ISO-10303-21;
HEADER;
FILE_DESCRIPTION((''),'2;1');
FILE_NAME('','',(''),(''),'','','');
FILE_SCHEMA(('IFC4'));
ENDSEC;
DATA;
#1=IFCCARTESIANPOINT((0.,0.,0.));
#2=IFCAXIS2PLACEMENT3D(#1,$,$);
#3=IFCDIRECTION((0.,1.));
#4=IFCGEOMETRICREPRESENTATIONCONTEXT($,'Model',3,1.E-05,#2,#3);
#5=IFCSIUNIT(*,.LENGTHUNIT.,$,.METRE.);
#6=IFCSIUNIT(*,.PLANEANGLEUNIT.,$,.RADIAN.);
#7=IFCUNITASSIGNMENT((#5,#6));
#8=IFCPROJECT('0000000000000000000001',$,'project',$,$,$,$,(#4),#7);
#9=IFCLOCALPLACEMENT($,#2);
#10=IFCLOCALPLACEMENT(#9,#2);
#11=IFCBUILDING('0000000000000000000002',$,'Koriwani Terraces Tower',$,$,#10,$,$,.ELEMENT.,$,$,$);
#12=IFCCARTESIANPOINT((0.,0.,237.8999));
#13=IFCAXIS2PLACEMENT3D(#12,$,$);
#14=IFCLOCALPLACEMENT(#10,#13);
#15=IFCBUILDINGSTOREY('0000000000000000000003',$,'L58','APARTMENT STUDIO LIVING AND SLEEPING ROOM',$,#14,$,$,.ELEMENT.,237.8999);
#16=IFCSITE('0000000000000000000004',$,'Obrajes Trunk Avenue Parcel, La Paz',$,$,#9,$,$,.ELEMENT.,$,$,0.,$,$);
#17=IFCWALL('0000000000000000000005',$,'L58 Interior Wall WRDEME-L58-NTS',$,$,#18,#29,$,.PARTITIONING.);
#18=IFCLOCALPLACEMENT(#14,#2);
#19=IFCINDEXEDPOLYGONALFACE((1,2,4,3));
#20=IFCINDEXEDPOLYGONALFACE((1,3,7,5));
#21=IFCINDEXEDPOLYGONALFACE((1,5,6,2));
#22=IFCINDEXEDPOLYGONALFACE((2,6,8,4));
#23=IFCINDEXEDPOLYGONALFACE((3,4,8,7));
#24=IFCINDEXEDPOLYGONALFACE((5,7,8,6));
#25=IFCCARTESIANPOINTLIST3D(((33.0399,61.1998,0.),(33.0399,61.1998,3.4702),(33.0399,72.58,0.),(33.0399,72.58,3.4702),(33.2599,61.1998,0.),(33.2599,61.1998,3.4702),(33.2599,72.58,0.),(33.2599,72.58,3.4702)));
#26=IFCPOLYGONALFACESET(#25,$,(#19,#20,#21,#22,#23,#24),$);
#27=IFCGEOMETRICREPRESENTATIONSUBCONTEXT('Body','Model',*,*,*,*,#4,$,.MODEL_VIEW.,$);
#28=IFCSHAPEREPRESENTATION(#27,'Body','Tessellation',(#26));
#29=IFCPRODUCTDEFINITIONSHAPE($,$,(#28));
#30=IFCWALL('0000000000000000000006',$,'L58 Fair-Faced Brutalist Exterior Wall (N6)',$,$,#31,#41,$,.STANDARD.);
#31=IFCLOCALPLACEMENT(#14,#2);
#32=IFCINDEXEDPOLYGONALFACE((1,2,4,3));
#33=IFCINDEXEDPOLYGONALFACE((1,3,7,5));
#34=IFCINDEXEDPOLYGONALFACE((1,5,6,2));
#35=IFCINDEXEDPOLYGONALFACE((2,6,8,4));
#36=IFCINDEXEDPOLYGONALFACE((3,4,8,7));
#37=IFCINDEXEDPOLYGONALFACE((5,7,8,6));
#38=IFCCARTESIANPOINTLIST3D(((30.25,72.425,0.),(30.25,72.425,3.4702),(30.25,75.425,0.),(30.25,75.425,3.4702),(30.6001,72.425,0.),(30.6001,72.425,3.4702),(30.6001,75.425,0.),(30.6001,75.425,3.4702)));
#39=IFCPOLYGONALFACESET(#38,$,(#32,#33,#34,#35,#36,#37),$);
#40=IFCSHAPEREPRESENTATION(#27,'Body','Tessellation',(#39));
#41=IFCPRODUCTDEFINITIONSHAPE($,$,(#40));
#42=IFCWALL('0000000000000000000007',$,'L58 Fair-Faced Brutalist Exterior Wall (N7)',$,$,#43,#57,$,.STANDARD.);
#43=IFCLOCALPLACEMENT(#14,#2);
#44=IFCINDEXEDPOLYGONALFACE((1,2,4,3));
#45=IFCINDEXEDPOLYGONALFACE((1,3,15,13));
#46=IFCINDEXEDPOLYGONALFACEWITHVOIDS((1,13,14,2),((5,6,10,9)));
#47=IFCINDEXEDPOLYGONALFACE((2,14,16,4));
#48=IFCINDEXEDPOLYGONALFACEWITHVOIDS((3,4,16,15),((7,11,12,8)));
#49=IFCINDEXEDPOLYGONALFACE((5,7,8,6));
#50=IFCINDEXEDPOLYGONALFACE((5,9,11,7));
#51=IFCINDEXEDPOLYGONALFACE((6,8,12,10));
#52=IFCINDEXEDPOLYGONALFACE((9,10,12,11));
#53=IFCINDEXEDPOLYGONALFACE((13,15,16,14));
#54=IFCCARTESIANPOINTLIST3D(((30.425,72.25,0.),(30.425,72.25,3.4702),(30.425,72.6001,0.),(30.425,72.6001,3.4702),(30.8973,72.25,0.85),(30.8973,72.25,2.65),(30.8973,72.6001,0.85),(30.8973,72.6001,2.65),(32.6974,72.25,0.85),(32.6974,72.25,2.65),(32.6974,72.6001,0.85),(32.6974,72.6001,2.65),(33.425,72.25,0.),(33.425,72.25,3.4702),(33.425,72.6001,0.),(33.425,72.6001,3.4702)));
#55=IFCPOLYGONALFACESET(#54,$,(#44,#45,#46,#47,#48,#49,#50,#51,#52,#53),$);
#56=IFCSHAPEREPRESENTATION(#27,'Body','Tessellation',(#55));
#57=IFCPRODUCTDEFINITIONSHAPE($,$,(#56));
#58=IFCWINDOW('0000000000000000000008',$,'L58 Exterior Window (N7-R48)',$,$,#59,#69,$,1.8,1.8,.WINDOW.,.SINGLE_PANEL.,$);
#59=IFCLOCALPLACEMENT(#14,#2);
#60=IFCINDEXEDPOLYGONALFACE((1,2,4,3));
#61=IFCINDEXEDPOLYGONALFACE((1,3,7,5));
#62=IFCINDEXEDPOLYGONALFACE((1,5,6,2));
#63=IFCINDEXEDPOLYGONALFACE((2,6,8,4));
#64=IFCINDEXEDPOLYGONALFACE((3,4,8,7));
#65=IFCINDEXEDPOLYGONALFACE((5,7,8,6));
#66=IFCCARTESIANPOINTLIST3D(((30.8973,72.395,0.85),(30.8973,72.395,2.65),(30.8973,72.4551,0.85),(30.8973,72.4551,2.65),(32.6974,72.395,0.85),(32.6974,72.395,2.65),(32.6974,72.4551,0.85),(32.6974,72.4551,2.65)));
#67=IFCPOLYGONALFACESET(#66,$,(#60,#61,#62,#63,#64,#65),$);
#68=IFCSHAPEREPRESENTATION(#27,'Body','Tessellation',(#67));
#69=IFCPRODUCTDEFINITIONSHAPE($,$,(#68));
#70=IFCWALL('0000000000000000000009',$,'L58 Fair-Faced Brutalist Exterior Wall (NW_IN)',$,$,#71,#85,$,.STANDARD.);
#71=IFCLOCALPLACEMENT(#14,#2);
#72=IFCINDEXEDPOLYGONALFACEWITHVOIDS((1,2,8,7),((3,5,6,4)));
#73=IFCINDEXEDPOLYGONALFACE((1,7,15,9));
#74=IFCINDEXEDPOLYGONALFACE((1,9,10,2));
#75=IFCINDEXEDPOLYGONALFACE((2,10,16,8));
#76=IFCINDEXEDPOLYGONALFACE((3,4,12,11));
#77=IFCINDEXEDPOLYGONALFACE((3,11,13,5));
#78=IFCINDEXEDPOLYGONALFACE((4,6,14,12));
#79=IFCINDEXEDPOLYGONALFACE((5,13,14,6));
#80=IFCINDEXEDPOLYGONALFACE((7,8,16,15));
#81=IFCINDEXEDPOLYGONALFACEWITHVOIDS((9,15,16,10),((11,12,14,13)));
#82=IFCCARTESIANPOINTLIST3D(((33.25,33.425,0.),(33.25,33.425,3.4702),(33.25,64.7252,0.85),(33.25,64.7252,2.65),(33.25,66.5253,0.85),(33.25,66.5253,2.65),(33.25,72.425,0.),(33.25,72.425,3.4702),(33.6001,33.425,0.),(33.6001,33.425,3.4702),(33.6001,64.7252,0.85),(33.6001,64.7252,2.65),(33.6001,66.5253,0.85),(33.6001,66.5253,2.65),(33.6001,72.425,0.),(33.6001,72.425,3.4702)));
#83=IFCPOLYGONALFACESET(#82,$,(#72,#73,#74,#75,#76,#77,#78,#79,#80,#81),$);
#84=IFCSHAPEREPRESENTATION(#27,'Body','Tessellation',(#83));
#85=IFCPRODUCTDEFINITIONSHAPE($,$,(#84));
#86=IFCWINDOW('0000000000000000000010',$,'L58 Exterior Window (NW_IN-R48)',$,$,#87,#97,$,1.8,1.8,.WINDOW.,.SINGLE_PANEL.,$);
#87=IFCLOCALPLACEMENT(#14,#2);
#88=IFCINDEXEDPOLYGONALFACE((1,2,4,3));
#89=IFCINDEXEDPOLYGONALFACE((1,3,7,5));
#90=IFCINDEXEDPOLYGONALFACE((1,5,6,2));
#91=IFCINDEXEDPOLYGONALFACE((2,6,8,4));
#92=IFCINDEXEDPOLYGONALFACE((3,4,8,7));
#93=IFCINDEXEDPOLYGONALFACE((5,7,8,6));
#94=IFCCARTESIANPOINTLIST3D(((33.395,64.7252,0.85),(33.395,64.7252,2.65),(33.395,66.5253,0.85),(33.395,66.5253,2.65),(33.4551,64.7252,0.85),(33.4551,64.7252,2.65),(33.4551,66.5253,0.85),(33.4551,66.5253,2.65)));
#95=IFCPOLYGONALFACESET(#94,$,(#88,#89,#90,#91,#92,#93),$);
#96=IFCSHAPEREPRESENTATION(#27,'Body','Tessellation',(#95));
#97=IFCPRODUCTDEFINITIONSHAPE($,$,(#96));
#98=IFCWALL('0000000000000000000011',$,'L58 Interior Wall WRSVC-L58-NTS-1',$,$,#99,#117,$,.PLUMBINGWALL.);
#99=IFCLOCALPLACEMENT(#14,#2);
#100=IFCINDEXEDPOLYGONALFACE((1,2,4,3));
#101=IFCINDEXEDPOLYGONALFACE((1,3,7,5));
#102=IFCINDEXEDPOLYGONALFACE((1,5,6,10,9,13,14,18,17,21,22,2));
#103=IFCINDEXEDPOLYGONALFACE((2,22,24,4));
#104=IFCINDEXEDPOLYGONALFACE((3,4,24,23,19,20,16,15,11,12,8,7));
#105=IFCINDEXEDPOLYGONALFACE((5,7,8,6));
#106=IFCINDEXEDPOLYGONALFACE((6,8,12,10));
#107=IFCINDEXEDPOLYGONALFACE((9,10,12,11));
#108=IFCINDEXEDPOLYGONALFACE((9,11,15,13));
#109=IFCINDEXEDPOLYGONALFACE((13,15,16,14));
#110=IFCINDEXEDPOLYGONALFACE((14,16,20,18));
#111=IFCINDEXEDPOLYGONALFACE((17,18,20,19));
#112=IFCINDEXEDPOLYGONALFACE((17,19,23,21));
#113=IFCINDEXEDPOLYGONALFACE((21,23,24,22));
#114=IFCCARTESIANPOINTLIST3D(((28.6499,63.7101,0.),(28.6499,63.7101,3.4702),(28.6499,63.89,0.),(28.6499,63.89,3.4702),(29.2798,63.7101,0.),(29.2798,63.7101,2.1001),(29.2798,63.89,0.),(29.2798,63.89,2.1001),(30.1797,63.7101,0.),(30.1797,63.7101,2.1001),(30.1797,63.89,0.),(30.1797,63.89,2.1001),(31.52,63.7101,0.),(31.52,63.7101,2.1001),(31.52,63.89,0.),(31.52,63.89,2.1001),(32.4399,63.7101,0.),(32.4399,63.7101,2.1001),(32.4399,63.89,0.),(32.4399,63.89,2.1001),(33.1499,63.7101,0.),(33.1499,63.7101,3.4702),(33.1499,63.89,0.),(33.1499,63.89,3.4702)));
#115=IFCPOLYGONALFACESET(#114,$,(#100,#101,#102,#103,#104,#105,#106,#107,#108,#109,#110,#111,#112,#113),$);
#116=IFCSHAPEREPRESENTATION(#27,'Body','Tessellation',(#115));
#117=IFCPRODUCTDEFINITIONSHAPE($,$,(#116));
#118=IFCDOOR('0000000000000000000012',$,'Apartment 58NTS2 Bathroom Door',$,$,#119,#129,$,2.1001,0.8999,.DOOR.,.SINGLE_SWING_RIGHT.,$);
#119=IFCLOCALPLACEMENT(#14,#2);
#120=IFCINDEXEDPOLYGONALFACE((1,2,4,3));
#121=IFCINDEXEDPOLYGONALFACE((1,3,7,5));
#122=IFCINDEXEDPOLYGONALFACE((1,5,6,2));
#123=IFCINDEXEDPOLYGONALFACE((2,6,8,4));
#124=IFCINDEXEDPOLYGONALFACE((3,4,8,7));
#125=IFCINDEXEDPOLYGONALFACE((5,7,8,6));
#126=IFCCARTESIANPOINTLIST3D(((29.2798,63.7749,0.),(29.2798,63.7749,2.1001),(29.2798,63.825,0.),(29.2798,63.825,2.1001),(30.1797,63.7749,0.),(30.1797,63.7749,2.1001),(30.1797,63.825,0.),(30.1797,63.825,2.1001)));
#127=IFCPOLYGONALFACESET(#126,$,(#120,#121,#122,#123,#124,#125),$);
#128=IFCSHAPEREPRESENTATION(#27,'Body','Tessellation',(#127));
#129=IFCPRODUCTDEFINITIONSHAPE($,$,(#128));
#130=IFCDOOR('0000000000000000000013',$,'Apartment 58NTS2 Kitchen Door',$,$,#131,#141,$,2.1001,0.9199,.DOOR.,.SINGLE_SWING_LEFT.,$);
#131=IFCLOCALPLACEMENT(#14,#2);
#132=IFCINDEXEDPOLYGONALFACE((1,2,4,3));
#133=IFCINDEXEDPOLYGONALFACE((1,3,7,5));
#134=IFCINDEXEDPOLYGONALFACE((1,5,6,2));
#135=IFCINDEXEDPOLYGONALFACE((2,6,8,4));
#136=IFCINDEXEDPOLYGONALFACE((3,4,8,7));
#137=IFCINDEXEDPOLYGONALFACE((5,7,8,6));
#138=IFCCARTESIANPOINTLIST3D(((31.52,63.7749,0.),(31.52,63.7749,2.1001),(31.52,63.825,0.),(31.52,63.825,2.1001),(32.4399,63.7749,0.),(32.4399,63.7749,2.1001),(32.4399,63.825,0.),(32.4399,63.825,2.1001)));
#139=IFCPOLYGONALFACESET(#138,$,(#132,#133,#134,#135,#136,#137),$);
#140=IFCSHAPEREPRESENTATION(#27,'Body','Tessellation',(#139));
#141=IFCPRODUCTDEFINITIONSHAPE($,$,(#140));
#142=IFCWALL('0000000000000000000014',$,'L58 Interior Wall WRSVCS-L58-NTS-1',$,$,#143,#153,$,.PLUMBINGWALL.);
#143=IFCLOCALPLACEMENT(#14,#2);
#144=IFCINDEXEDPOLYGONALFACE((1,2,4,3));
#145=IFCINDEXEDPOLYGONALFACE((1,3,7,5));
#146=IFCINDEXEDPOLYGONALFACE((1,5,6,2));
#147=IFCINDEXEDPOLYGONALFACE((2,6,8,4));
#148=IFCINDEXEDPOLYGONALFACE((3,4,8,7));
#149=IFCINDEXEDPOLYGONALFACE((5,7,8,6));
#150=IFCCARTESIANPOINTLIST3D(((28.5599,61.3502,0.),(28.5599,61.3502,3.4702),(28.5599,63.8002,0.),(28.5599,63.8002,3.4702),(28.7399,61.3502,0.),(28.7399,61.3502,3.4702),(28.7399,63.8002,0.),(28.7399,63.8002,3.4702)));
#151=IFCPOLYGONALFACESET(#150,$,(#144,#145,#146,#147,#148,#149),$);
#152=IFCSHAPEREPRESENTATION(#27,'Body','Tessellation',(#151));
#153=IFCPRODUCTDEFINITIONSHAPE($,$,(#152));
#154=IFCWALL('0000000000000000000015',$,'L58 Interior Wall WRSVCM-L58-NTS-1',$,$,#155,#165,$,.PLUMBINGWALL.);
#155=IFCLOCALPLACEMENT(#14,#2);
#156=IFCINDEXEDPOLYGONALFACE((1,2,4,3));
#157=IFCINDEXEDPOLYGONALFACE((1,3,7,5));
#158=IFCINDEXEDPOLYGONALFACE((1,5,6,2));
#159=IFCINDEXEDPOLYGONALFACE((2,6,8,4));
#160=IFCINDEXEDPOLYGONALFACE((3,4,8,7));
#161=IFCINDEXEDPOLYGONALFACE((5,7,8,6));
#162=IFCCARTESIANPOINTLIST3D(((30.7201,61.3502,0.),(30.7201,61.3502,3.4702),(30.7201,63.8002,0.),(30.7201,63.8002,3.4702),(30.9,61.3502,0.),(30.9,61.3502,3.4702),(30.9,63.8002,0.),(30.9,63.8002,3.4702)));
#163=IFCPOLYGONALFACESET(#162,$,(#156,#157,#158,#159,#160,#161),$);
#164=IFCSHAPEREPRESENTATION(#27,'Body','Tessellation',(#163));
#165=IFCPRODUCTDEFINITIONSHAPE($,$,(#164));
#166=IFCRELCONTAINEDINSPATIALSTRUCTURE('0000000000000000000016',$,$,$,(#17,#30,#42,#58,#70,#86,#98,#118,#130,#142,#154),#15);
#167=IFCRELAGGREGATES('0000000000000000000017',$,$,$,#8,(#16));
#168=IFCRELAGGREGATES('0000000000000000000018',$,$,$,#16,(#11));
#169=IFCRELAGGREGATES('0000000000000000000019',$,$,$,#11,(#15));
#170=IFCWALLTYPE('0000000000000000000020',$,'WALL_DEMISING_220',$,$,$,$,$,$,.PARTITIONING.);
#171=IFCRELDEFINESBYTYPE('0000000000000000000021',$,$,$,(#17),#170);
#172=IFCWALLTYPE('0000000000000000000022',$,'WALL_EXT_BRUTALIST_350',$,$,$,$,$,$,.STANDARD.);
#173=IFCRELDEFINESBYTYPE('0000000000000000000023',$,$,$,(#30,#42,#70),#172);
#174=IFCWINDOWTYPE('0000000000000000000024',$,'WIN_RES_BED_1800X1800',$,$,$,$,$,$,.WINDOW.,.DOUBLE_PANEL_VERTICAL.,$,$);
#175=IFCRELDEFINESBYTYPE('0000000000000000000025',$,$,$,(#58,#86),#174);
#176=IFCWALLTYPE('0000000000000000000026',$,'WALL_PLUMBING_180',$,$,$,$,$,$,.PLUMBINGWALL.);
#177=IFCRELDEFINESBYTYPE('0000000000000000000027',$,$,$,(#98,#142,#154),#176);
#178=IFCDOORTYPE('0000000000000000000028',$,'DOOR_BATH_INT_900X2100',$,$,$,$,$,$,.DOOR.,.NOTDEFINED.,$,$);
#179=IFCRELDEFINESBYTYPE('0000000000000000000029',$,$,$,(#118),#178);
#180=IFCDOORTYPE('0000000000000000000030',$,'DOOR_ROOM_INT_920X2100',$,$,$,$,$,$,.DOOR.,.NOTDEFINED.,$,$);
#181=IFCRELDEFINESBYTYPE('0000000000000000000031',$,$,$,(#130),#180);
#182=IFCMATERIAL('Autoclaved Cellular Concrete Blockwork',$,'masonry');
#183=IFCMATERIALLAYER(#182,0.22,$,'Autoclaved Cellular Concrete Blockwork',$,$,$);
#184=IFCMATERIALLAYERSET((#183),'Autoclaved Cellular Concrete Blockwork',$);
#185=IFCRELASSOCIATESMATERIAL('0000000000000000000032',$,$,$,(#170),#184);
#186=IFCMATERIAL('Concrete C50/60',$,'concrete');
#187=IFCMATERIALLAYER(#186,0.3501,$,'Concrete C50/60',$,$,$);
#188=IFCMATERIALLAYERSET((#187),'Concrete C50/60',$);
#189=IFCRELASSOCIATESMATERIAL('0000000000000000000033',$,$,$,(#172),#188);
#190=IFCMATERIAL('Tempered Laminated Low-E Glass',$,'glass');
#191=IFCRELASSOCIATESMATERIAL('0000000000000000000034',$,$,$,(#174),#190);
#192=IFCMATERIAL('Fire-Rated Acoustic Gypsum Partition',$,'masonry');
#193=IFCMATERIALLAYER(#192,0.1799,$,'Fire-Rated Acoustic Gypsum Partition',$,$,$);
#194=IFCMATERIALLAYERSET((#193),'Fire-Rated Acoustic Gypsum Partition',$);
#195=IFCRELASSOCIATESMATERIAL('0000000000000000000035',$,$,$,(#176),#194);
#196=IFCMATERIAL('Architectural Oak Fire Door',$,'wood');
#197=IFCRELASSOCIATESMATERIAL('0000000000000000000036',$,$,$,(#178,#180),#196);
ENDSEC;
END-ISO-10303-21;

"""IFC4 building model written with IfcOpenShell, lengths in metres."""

from ifc_helpers import new_model, si_unit, direction, frame, frame_2d, origin, place, context, subcontext, project, spatial, rectangle, extrude, material, layer, layer_set, type_object, element, fill, save


model = new_model("IFC4")

# Units and contexts
model_context = context("Model", 3, precision=1e-05, world=origin(), true_north=direction((0.0, 1.0)))
body_context = subcontext(model_context, "Body", "Model", "MODEL_VIEW")
ifc_project = project(units=[si_unit("LENGTHUNIT", "METRE"), si_unit("PLANEANGLEUNIT", "RADIAN")], contexts=[model_context])

# Site, building, storey
site_placement = place(None, origin())
site = spatial("IfcSite", under=ifc_project, at=site_placement, Name="Obrajes Trunk Avenue Parcel, La Paz", CompositionType="ELEMENT", RefElevation=0.0)
building_placement = place(site_placement, origin())
building = spatial("IfcBuilding", under=site, at=building_placement, Name="Koriwani Terraces Tower", CompositionType="ELEMENT")
storey_placement = place(building_placement, frame((0.0, 0.0, 237.8999)))
storey = spatial("IfcBuildingStorey", under=building, at=storey_placement, Name="L58", Description="APARTMENT STUDIO LIVING AND SLEEPING ROOM", CompositionType="ELEMENT", Elevation=237.8999)

# Shared definitions
ifc_material_1 = material(Name="Concrete C50/60", Category="concrete")

# Shared definitions
ifc_material_2 = material(Name="Tempered Laminated Low-E Glass", Category="glass")

# Walls
ifc_material_3 = material(Name="Autoclaved Cellular Concrete Blockwork", Category="masonry")
ifc_layer_1 = layer(ifc_material_3, 0.22, Name="Autoclaved Cellular Concrete Blockwork")
ifc_layer_set_1 = layer_set([ifc_layer_1], Name="Autoclaved Cellular Concrete Blockwork")
wall_type_1 = type_object("IfcWallType", Name="WALL_DEMISING_220", PredefinedType="PARTITIONING", material=ifc_layer_set_1)
wall_1_placement = place(storey_placement, frame((33.1499, 61.2, 0.0), z_axis=(0.0, 0.0, 1.0), x_axis=(0.0, 1.0, 0.0)))
element("IfcWall", 1, at=wall_1_placement, inside=storey, type_object=wall_type_1, Name="L58 Interior Wall WRDEME-L58-NTS", PredefinedType="PARTITIONING", context=body_context, shape_type="SweptSolid", body=[
    extrude(rectangle(XDim=11.3801, YDim=0.22, at=frame_2d((5.6899, 0.0))), origin(), (0.0, 0.0, 1.0), 3.4702),
])
ifc_layer_2 = layer(ifc_material_1, 0.3501, Name="Concrete C50/60")
ifc_layer_set_2 = layer_set([ifc_layer_2], Name="Concrete C50/60")
wall_type_2 = type_object("IfcWallType", Name="WALL_EXT_BRUTALIST_350", PredefinedType="STANDARD", material=ifc_layer_set_2)
wall_2_placement = place(storey_placement, frame((30.425, 75.425, 0.0), z_axis=(0.0, 0.0, 1.0), x_axis=(0.0, -1.0, 0.0)))
element("IfcWall", 2, at=wall_2_placement, inside=storey, type_object=wall_type_2, Name="L58 Fair-Faced Brutalist Exterior Wall (N6)", PredefinedType="STANDARD", context=body_context, shape_type="SweptSolid", body=[
    extrude(rectangle(XDim=3.0, YDim=0.3501, at=frame_2d((1.5, 0.0))), origin(), (0.0, 0.0, 1.0), 3.4702),
])

# Walls, openings, windows
wall_3_placement = place(storey_placement, frame((30.425, 72.425, 0.0), z_axis=(0.0, 0.0, 1.0), x_axis=(1.0, 0.0, 0.0)))
wall_3 = element("IfcWall", 3, at=wall_3_placement, inside=storey, type_object=wall_type_2, Name="L58 Fair-Faced Brutalist Exterior Wall (N7)", PredefinedType="STANDARD", context=body_context, shape_type="SweptSolid", body=[
    extrude(rectangle(XDim=3.0, YDim=0.3501, at=frame_2d((1.5, 0.0))), origin(), (0.0, 0.0, 1.0), 3.4702),
])
opening_1_placement = place(wall_3_placement, frame((0.4724, 0.0, 0.8501)))
opening_1 = element("IfcOpeningElement", 4, at=opening_1_placement, cuts=wall_3, PredefinedType="OPENING", context=body_context, shape_type="SweptSolid", body=[
    extrude(rectangle(XDim=1.8, YDim=1.8, at=frame_2d((0.8999, 0.8999))), frame((0.0, 0.1851, 0.0), z_axis=(0.0, -1.0, 0.0), x_axis=(1.0, 0.0, 0.0)), (0.0, 0.0, 1.0), 0.3701),
])
window_type = type_object("IfcWindowType", Name="WIN_RES_BED_1800X1800", PartitioningType="DOUBLE_PANEL_VERTICAL", PredefinedType="WINDOW", material=ifc_material_2)
window_1_placement = place(opening_1_placement, origin())
window_1 = element("IfcWindow", 5, at=window_1_placement, inside=storey, type_object=window_type, Name="L58 Exterior Window (N7-R48)", OverallHeight=1.8, OverallWidth=1.8, PartitioningType="SINGLE_PANEL", PredefinedType="WINDOW", context=body_context, shape_type="SweptSolid", body=[
    extrude(rectangle(XDim=1.8, YDim=1.8, at=frame_2d((0.8999, 0.8999))), frame((0.0, 0.03, 0.0), z_axis=(0.0, -1.0, 0.0), x_axis=(1.0, 0.0, 0.0)), (0.0, 0.0, 1.0), 0.0601),
])
fill(opening_1, window_1)
wall_4_placement = place(storey_placement, frame((33.425, 72.425, 0.0), z_axis=(0.0, 0.0, 1.0), x_axis=(0.0, -1.0, 0.0)))
wall_4 = element("IfcWall", 6, at=wall_4_placement, inside=storey, type_object=wall_type_2, Name="L58 Fair-Faced Brutalist Exterior Wall (NW_IN)", PredefinedType="STANDARD", context=body_context, shape_type="SweptSolid", body=[
    extrude(rectangle(XDim=39.0, YDim=0.3501, at=frame_2d((19.5, 0.0))), origin(), (0.0, 0.0, 1.0), 3.4702),
])
opening_2_placement = place(wall_4_placement, frame((5.8999, 0.0, 0.8501)))
opening_2 = element("IfcOpeningElement", 7, at=opening_2_placement, cuts=wall_4, PredefinedType="OPENING", context=body_context, shape_type="SweptSolid", body=[
    extrude(rectangle(XDim=1.8, YDim=1.8, at=frame_2d((0.8999, 0.8999))), frame((0.0, 0.1851, 0.0), z_axis=(0.0, -1.0, 0.0), x_axis=(1.0, 0.0, 0.0)), (0.0, 0.0, 1.0), 0.3701),
])
window_2_placement = place(opening_2_placement, origin())
window_2 = element("IfcWindow", 8, at=window_2_placement, inside=storey, type_object=window_type, Name="L58 Exterior Window (NW_IN-R48)", OverallHeight=1.8, OverallWidth=1.8, PartitioningType="SINGLE_PANEL", PredefinedType="WINDOW", context=body_context, shape_type="SweptSolid", body=[
    extrude(rectangle(XDim=1.8, YDim=1.8, at=frame_2d((0.8999, 0.8999))), frame((0.0, 0.03, 0.0), z_axis=(0.0, -1.0, 0.0), x_axis=(1.0, 0.0, 0.0)), (0.0, 0.0, 1.0), 0.0601),
])
fill(opening_2, window_2)

# Wall, openings, doors
ifc_material_4 = material(Name="Fire-Rated Acoustic Gypsum Partition", Category="masonry")
ifc_layer_3 = layer(ifc_material_4, 0.1799, Name="Fire-Rated Acoustic Gypsum Partition")
ifc_layer_set_3 = layer_set([ifc_layer_3], Name="Fire-Rated Acoustic Gypsum Partition")
wall_type_3 = type_object("IfcWallType", Name="WALL_PLUMBING_180", PredefinedType="PLUMBINGWALL", material=ifc_layer_set_3)
wall_5_placement = place(storey_placement, frame((28.6499, 63.8, 0.0), z_axis=(0.0, 0.0, 1.0), x_axis=(1.0, 0.0, 0.0)))
wall_5 = element("IfcWall", 9, at=wall_5_placement, inside=storey, type_object=wall_type_3, Name="L58 Interior Wall WRSVC-L58-NTS-1", PredefinedType="PLUMBINGWALL", context=body_context, shape_type="SweptSolid", body=[
    extrude(rectangle(XDim=4.5, YDim=0.1799, at=frame_2d((2.25, 0.0))), origin(), (0.0, 0.0, 1.0), 3.4702),
])
opening_3_placement = place(wall_5_placement, frame((0.6299, 0.0, 0.0)))
opening_3 = element("IfcOpeningElement", 10, at=opening_3_placement, cuts=wall_5, PredefinedType="OPENING", context=body_context, shape_type="SweptSolid", body=[
    extrude(rectangle(XDim=0.8999, YDim=2.1001, at=frame_2d((0.45, 1.05))), frame((0.0, 0.1001, 0.0), z_axis=(0.0, -1.0, 0.0), x_axis=(1.0, 0.0, 0.0)), (0.0, 0.0, 1.0), 0.2),
])
opening_4_placement = place(wall_5_placement, frame((2.8701, 0.0, 0.0)))
opening_4 = element("IfcOpeningElement", 11, at=opening_4_placement, cuts=wall_5, PredefinedType="OPENING", context=body_context, shape_type="SweptSolid", body=[
    extrude(rectangle(XDim=0.9199, YDim=2.1001, at=frame_2d((0.46, 1.05))), frame((0.0, 0.1001, 0.0), z_axis=(0.0, -1.0, 0.0), x_axis=(1.0, 0.0, 0.0)), (0.0, 0.0, 1.0), 0.2),
])
ifc_material_5 = material(Name="Architectural Oak Fire Door", Category="wood")
door_type_1 = type_object("IfcDoorType", Name="DOOR_BATH_INT_900X2100", OperationType="NOTDEFINED", PredefinedType="DOOR", material=ifc_material_5)
door_1_placement = place(opening_3_placement, origin())
door_1 = element("IfcDoor", 12, at=door_1_placement, inside=storey, type_object=door_type_1, Name="Apartment 58NTS2 Bathroom Door", OperationType="SINGLE_SWING_RIGHT", OverallHeight=2.1001, OverallWidth=0.8999, PredefinedType="DOOR", context=body_context, shape_type="SweptSolid", body=[
    extrude(rectangle(XDim=0.8999, YDim=2.1001, at=frame_2d((0.45, 1.05))), frame((0.0, 0.0249, 0.0), z_axis=(0.0, -1.0, 0.0), x_axis=(1.0, 0.0, 0.0)), (0.0, 0.0, 1.0), 0.05),
])
fill(opening_3, door_1)
door_type_2 = type_object("IfcDoorType", Name="DOOR_ROOM_INT_920X2100", OperationType="NOTDEFINED", PredefinedType="DOOR", material=ifc_material_5)
door_2_placement = place(opening_4_placement, origin())
door_2 = element("IfcDoor", 13, at=door_2_placement, inside=storey, type_object=door_type_2, Name="Apartment 58NTS2 Kitchen Door", OperationType="SINGLE_SWING_LEFT", OverallHeight=2.1001, OverallWidth=0.9199, PredefinedType="DOOR", context=body_context, shape_type="SweptSolid", body=[
    extrude(rectangle(XDim=0.9199, YDim=2.1001, at=frame_2d((0.46, 1.05))), frame((0.0, 0.0249, 0.0), z_axis=(0.0, -1.0, 0.0), x_axis=(1.0, 0.0, 0.0)), (0.0, 0.0, 1.0), 0.05),
])
fill(opening_4, door_2)

# Walls
for number, where, z_axis, x_axis, name in (
    (14, (28.6499, 61.3501, 0.0), (0.0, 0.0, 1.0), (0.0, 1.0, 0.0), "L58 Interior Wall WRSVCS-L58-NTS-1"),
    (15, (30.8101, 61.3501, 0.0), (0.0, 0.0, 1.0), (0.0, 1.0, 0.0), "L58 Interior Wall WRSVCM-L58-NTS-1"),
):
    element("IfcWall", number, at=place(storey_placement, frame(where, z_axis=z_axis, x_axis=x_axis)), inside=storey, type_object=wall_type_3, Name=name, PredefinedType="PLUMBINGWALL", context=body_context, shape_type="SweptSolid", body=[
        extrude(rectangle(XDim=2.45, YDim=0.1799, at=frame_2d((1.2251, 0.0))), origin(), (0.0, 0.0, 1.0), 3.4702),
    ])

save(model, "model.ifc")
